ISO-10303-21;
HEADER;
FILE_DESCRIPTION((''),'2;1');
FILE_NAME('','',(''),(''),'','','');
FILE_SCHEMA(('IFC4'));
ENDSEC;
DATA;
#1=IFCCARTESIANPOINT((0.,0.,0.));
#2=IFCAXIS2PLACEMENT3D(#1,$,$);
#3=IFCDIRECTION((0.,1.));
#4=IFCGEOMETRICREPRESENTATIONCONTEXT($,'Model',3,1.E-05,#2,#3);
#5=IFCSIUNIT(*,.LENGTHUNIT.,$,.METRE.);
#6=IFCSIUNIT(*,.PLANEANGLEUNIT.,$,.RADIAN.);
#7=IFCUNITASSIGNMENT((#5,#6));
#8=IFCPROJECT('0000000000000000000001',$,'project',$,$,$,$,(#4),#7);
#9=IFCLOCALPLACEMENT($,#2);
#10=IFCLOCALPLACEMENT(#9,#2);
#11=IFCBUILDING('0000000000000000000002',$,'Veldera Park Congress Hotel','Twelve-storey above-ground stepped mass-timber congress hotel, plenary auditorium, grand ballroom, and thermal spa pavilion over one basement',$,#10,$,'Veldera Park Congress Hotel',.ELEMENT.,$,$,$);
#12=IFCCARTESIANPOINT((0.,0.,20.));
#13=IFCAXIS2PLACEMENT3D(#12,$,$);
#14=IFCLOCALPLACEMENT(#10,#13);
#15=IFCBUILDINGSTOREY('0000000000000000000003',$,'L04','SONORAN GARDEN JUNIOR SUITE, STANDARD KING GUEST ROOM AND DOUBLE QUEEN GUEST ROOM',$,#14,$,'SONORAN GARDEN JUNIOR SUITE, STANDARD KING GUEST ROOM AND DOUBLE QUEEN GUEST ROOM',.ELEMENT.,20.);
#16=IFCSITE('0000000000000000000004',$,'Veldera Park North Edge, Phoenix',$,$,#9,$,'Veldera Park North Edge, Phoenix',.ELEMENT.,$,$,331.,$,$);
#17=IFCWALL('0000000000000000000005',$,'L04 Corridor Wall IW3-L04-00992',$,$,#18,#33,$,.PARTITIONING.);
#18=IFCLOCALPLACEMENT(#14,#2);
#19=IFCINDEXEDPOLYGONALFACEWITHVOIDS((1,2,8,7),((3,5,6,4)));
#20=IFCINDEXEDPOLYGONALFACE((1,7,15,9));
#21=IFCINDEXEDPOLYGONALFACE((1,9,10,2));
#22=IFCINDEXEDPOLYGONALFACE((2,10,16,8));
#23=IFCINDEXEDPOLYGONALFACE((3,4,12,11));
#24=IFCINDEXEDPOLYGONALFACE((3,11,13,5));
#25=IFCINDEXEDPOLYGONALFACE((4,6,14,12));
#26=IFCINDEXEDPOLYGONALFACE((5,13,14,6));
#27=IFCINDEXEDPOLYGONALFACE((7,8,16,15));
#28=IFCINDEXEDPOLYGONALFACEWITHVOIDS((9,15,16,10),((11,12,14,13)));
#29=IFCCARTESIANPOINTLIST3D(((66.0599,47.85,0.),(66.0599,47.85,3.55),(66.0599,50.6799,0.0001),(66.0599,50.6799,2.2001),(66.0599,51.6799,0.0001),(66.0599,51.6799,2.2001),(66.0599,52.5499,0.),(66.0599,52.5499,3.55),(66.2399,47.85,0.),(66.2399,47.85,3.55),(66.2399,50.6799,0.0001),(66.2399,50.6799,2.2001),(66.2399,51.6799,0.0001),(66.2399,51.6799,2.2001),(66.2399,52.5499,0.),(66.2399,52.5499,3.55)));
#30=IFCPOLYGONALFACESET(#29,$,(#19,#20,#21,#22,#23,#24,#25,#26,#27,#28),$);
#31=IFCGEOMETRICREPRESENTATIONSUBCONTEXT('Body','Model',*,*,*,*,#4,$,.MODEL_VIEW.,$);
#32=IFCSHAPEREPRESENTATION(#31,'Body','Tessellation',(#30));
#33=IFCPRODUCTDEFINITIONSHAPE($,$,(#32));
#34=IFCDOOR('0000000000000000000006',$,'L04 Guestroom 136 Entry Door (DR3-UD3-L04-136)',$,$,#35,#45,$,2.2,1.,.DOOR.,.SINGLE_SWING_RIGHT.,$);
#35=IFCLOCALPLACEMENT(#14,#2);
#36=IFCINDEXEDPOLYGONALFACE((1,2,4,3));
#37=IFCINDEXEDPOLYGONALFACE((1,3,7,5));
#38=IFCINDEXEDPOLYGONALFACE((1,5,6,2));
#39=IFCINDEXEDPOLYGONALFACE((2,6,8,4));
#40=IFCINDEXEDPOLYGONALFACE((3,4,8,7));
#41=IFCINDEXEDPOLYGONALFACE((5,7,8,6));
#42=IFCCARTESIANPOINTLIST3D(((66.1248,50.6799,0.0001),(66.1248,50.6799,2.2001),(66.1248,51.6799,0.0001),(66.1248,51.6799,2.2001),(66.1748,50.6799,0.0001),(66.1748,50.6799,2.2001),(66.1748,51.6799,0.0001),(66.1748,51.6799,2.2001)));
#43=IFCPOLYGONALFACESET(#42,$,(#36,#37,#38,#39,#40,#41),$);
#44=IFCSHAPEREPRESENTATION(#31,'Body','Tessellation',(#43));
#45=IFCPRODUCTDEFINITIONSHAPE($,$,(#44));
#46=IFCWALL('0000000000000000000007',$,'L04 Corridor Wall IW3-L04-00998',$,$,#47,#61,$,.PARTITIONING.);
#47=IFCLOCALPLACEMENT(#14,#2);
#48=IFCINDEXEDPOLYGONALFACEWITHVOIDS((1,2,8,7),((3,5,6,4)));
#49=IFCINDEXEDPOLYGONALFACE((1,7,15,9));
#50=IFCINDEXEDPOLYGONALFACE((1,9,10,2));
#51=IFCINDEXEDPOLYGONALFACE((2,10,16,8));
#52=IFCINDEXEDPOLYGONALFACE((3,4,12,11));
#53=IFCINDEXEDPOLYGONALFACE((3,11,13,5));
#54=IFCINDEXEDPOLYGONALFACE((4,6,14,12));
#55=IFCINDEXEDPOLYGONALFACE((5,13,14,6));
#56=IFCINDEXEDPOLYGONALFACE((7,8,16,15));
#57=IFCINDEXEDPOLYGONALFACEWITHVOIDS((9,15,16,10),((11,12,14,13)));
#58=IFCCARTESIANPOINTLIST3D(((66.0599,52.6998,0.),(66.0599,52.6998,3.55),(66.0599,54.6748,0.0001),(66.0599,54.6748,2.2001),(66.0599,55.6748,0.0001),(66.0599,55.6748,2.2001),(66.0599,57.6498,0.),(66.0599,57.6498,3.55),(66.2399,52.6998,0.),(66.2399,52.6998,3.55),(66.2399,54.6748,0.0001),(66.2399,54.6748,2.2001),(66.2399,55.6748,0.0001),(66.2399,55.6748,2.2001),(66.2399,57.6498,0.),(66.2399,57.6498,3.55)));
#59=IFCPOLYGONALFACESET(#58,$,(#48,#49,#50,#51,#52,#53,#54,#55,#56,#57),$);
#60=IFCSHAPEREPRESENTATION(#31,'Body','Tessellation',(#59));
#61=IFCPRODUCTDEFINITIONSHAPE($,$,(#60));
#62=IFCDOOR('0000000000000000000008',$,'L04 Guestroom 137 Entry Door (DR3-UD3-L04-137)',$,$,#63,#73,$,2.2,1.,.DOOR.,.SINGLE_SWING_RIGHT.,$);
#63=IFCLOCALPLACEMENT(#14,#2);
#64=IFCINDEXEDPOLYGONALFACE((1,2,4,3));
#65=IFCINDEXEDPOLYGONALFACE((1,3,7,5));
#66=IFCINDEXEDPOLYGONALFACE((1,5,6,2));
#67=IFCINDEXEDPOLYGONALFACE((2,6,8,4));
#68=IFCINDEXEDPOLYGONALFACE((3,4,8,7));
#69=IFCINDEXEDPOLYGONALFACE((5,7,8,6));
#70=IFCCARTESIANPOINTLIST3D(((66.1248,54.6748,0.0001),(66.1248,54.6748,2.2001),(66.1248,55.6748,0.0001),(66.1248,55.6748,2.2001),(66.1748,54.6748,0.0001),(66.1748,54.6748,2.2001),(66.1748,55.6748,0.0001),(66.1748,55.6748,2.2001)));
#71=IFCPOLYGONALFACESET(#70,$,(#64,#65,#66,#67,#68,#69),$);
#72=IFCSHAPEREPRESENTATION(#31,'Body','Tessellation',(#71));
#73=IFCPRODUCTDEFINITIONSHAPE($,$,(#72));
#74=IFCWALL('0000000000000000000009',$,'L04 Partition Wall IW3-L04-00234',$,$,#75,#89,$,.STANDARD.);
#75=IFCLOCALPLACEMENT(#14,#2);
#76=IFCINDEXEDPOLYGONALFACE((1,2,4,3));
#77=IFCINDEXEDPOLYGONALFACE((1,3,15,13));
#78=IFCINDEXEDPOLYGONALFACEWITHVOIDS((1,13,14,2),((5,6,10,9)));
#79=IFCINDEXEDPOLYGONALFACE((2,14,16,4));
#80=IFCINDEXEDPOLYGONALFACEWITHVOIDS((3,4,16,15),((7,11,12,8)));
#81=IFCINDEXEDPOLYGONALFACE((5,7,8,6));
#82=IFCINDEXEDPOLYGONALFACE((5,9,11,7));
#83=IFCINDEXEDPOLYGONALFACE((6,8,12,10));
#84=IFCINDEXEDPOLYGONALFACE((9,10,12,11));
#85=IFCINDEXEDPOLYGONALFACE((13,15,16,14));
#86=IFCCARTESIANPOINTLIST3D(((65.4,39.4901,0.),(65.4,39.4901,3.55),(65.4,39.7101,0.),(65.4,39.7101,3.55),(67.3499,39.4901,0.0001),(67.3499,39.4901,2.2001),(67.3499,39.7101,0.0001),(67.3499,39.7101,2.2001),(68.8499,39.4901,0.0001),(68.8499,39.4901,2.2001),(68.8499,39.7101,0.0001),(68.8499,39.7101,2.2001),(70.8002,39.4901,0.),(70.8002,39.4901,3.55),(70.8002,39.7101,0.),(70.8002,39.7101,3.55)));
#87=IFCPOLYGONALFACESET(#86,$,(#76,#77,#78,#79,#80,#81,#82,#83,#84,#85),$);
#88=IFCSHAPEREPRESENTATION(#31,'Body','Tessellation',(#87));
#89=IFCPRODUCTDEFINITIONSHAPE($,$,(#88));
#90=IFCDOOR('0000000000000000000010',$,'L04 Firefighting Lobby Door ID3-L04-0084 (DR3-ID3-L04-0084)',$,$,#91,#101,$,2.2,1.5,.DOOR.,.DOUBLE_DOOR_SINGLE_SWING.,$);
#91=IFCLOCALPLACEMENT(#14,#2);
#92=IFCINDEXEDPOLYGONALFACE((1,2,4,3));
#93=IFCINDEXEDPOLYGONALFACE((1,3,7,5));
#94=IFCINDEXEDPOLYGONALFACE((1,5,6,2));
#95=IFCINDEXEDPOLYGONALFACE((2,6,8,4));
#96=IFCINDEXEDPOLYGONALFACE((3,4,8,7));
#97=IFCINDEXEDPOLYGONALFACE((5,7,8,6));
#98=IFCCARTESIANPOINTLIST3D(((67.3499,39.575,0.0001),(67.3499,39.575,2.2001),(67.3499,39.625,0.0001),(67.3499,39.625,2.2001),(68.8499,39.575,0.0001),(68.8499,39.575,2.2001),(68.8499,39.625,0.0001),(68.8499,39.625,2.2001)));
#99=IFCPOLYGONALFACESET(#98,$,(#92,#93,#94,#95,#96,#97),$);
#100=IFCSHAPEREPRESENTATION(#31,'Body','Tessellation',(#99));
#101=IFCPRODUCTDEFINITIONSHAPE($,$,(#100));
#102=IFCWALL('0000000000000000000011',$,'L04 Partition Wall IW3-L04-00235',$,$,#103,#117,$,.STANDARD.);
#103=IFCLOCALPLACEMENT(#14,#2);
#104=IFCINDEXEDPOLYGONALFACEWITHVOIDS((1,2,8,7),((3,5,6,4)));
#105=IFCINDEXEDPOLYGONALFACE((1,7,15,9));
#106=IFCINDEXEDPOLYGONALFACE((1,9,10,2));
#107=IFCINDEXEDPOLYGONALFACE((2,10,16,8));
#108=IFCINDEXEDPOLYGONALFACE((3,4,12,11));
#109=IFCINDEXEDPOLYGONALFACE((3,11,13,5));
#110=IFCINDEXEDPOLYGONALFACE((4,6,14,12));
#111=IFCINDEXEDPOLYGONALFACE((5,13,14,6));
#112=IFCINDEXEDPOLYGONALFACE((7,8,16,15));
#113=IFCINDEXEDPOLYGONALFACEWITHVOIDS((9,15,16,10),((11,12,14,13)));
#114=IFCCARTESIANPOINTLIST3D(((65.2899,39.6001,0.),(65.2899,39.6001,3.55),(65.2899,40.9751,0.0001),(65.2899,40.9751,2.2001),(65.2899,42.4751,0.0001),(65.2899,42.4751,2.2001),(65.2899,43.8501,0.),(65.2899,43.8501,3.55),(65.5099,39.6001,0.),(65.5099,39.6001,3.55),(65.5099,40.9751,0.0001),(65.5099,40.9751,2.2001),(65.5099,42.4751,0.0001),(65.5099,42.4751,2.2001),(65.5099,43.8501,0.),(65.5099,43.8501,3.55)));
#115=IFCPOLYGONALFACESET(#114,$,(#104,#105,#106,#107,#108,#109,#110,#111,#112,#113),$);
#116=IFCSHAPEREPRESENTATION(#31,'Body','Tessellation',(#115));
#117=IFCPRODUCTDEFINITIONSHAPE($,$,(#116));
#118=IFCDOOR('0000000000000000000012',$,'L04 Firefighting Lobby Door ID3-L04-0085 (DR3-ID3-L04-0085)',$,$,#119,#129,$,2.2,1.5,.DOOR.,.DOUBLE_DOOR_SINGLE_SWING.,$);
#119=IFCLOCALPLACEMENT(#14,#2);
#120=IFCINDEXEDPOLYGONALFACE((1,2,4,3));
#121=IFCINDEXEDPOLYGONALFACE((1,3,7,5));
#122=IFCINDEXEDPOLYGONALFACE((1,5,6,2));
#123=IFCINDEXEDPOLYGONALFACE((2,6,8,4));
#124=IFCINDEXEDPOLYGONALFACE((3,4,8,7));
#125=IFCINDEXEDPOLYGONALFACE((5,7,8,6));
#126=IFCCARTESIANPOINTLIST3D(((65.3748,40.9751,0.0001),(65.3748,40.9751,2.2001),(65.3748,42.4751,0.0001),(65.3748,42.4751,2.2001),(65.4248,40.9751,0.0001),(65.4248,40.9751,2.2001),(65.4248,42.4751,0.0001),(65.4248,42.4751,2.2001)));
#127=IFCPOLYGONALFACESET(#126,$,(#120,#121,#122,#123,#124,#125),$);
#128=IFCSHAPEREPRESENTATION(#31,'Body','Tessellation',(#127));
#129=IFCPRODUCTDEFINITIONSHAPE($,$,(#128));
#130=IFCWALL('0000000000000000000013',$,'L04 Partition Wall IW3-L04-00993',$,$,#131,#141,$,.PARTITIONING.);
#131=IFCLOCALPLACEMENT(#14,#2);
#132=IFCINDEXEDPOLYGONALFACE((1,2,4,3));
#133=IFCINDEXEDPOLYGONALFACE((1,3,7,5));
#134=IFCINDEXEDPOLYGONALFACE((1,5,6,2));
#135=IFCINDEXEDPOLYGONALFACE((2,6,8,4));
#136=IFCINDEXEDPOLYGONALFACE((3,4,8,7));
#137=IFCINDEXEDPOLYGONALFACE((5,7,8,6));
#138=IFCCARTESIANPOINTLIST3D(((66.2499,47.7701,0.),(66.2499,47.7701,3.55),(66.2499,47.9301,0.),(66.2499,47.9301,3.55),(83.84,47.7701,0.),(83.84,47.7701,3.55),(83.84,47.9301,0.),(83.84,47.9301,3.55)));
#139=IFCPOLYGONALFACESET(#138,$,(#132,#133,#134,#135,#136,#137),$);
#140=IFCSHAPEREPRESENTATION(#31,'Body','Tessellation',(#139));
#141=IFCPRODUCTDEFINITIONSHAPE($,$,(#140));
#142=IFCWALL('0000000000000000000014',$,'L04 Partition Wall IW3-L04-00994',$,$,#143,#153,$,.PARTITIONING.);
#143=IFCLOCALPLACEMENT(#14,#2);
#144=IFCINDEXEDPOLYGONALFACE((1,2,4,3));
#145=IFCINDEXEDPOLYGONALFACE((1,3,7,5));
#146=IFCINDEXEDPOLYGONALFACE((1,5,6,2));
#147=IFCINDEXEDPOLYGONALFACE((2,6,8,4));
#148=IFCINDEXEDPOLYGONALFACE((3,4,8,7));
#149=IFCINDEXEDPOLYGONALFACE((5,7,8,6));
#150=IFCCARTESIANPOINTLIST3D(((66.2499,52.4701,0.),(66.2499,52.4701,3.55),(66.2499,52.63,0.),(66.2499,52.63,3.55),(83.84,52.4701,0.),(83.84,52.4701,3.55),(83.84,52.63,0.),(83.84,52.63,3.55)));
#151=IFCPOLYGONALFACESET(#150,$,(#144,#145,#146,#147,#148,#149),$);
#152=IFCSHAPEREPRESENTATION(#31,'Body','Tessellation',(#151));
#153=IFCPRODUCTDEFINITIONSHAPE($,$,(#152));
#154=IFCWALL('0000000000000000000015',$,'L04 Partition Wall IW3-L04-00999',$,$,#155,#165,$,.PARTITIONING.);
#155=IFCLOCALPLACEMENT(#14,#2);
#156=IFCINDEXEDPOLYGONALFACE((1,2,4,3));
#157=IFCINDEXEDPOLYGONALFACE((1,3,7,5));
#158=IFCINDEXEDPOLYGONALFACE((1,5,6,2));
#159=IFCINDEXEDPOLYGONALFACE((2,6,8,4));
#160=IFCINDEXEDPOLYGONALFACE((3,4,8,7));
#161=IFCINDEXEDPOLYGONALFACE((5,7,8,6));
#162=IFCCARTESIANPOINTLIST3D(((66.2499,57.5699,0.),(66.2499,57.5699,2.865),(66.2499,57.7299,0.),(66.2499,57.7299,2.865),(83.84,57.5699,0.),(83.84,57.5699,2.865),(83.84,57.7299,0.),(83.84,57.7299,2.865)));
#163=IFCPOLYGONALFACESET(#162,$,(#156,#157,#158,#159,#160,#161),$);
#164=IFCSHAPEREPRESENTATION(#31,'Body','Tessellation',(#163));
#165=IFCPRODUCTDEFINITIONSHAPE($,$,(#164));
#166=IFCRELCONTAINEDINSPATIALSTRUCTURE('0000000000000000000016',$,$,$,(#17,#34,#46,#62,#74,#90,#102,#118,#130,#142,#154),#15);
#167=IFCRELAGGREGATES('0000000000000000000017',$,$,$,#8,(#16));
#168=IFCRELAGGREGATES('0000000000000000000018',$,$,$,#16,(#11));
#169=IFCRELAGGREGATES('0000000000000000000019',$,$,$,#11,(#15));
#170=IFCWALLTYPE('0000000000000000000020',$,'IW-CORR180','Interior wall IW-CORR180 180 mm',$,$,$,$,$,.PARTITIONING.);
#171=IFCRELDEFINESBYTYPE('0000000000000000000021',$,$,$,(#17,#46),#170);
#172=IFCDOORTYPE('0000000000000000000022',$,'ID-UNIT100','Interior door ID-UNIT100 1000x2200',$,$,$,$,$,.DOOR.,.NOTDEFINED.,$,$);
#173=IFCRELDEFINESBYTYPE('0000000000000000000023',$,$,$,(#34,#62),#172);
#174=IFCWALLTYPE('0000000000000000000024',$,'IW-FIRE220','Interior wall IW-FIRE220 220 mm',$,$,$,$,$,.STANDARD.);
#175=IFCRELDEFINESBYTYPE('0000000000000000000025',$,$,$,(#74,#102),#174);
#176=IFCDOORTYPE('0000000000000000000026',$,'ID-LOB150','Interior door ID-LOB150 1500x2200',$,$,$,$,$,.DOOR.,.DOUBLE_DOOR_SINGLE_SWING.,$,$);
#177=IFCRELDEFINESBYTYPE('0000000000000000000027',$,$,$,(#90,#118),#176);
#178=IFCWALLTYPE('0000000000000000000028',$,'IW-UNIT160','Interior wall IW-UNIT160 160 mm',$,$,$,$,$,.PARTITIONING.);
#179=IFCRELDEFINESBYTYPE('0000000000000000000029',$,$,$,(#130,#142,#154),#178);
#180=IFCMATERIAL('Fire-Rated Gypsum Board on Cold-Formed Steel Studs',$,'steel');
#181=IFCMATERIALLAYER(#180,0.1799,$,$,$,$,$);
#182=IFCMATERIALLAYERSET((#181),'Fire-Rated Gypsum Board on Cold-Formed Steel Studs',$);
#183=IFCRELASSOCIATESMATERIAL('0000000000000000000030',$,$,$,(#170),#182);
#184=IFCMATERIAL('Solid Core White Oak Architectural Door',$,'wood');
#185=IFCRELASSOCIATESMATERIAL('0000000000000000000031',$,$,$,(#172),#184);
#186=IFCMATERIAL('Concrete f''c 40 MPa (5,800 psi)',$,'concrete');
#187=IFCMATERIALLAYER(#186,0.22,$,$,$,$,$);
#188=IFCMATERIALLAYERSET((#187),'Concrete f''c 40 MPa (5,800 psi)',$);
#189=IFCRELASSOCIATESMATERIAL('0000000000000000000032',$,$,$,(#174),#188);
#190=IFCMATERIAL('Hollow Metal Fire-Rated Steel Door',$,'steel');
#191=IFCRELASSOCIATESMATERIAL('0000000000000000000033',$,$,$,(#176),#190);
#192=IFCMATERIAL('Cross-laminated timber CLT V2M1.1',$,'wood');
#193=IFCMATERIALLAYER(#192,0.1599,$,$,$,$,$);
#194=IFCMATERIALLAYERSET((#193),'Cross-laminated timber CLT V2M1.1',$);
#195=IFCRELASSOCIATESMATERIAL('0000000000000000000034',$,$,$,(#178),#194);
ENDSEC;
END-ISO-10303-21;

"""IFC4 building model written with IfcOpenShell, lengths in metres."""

from ifc_helpers import new_model, si_unit, direction, frame, frame_2d, origin, place, context, subcontext, project, spatial, rectangle, extrude, material, layer, layer_set, type_object, element, fill, save


model = new_model("IFC4")

# Units and contexts
model_context = context("Model", 3, precision=1e-05, world=origin(), true_north=direction((0.0, 1.0)))
body_context = subcontext(model_context, "Body", "Model", "MODEL_VIEW")
ifc_project = project(units=[si_unit("LENGTHUNIT", "METRE"), si_unit("PLANEANGLEUNIT", "RADIAN")], contexts=[model_context])

# Site, building, storey
site_placement = place(None, origin())
site = spatial("IfcSite", under=ifc_project, at=site_placement, Name="Veldera Park North Edge, Phoenix", LongName="Veldera Park North Edge, Phoenix", CompositionType="ELEMENT", RefElevation=331.0)
building_placement = place(site_placement, origin())
building = spatial("IfcBuilding", under=site, at=building_placement, Name="Veldera Park Congress Hotel", Description="Twelve-storey above-ground stepped mass-timber congress hotel, plenary auditorium, grand ballroom, and thermal spa pavilion over one basement", LongName="Veldera Park Congress Hotel", CompositionType="ELEMENT")
storey_placement = place(building_placement, frame((0.0, 0.0, 20.0)))
storey = spatial("IfcBuildingStorey", under=building, at=storey_placement, Name="L04", Description="SONORAN GARDEN JUNIOR SUITE, STANDARD KING GUEST ROOM AND DOUBLE QUEEN GUEST ROOM", LongName="SONORAN GARDEN JUNIOR SUITE, STANDARD KING GUEST ROOM AND DOUBLE QUEEN GUEST ROOM", CompositionType="ELEMENT", Elevation=20.0)

# Shared definitions
ifc_material_1 = material(Name="Cross-laminated timber CLT V2M1.1", Category="wood")

# Shared definitions
ifc_material_2 = material(Name="Fire-Rated Gypsum Board on Cold-Formed Steel Studs", Category="steel")
ifc_layer_1 = layer(ifc_material_2, 0.1799)
ifc_layer_set_1 = layer_set([ifc_layer_1], Name="Fire-Rated Gypsum Board on Cold-Formed Steel Studs")
wall_type_1 = type_object("IfcWallType", Name="IW-CORR180", Description="Interior wall IW-CORR180 180 mm", PredefinedType="PARTITIONING", material=ifc_layer_set_1)

# Walls, openings, doors
wall_1_placement = place(storey_placement, frame((66.1499, 52.55, 0.0), z_axis=(0.0, 0.0, 1.0), x_axis=(0.0, -1.0, 0.0)))
wall_1 = element("IfcWall", 1, at=wall_1_placement, inside=storey, type_object=wall_type_1, Name="L04 Corridor Wall IW3-L04-00992", PredefinedType="PARTITIONING", context=body_context, shape_type="SweptSolid", body=[
    extrude(rectangle(XDim=4.7, YDim=0.1799, at=frame_2d((2.3501, 0.0))), origin(), (0.0, 0.0, 1.0), 3.55),
])
opening_1_placement = place(wall_1_placement, frame((0.8701, 0.0, 0.0)))
opening_1 = element("IfcOpeningElement", 2, at=opening_1_placement, cuts=wall_1, PredefinedType="OPENING", context=body_context, shape_type="SweptSolid", body=[
    extrude(rectangle(XDim=1.0, YDim=2.2, at=frame_2d((0.5, 1.1001))), frame((0.0, 0.1021, 0.0), z_axis=(0.0, -1.0, 0.0), x_axis=(1.0, 0.0, 0.0)), (0.0, 0.0, 1.0), 0.2039),
])
ifc_material_3 = material(Name="Solid Core White Oak Architectural Door", Category="wood")
door_type_1 = type_object("IfcDoorType", Name="ID-UNIT100", Description="Interior door ID-UNIT100 1000x2200", OperationType="NOTDEFINED", PredefinedType="DOOR", material=ifc_material_3)
door_1_placement = place(opening_1_placement, origin())
door_1 = element("IfcDoor", 3, at=door_1_placement, inside=storey, type_object=door_type_1, Name="L04 Guestroom 136 Entry Door (DR3-UD3-L04-136)", OperationType="SINGLE_SWING_RIGHT", OverallHeight=2.2, OverallWidth=1.0, PredefinedType="DOOR", context=body_context, shape_type="SweptSolid", body=[
    extrude(rectangle(XDim=1.0, YDim=2.2, at=frame_2d((0.5, 1.1001))), frame((0.0, 0.0249, 0.0), z_axis=(0.0, -1.0, 0.0), x_axis=(1.0, 0.0, 0.0)), (0.0, 0.0, 1.0), 0.05),
])
fill(opening_1, door_1)
wall_2_placement = place(storey_placement, frame((66.1499, 57.6499, 0.0), z_axis=(0.0, 0.0, 1.0), x_axis=(0.0, -1.0, 0.0)))
wall_2 = element("IfcWall", 4, at=wall_2_placement, inside=storey, type_object=wall_type_1, Name="L04 Corridor Wall IW3-L04-00998", PredefinedType="PARTITIONING", context=body_context, shape_type="SweptSolid", body=[
    extrude(rectangle(XDim=4.95, YDim=0.1799, at=frame_2d((2.4751, 0.0))), origin(), (0.0, 0.0, 1.0), 3.55),
])
opening_2_placement = place(wall_2_placement, frame((1.9751, 0.0, 0.0)))
opening_2 = element("IfcOpeningElement", 5, at=opening_2_placement, cuts=wall_2, PredefinedType="OPENING", context=body_context, shape_type="SweptSolid", body=[
    extrude(rectangle(XDim=1.0, YDim=2.2, at=frame_2d((0.5, 1.1001))), frame((0.0, 0.1021, 0.0), z_axis=(0.0, -1.0, 0.0), x_axis=(1.0, 0.0, 0.0)), (0.0, 0.0, 1.0), 0.2039),
])
door_2_placement = place(opening_2_placement, origin())
door_2 = element("IfcDoor", 6, at=door_2_placement, inside=storey, type_object=door_type_1, Name="L04 Guestroom 137 Entry Door (DR3-UD3-L04-137)", OperationType="SINGLE_SWING_RIGHT", OverallHeight=2.2, OverallWidth=1.0, PredefinedType="DOOR", context=body_context, shape_type="SweptSolid", body=[
    extrude(rectangle(XDim=1.0, YDim=2.2, at=frame_2d((0.5, 1.1001))), frame((0.0, 0.0249, 0.0), z_axis=(0.0, -1.0, 0.0), x_axis=(1.0, 0.0, 0.0)), (0.0, 0.0, 1.0), 0.05),
])
fill(opening_2, door_2)
ifc_material_4 = material(Name="Concrete f'c 40 MPa (5,800 psi)", Category="concrete")
ifc_layer_2 = layer(ifc_material_4, 0.22)
ifc_layer_set_2 = layer_set([ifc_layer_2], Name="Concrete f'c 40 MPa (5,800 psi)")
wall_type_2 = type_object("IfcWallType", Name="IW-FIRE220", Description="Interior wall IW-FIRE220 220 mm", PredefinedType="STANDARD", material=ifc_layer_set_2)
wall_3_placement = place(storey_placement, frame((65.3999, 39.6001, 0.0), z_axis=(0.0, 0.0, 1.0), x_axis=(1.0, 0.0, 0.0)))
wall_3 = element("IfcWall", 7, at=wall_3_placement, inside=storey, type_object=wall_type_2, Name="L04 Partition Wall IW3-L04-00234", PredefinedType="STANDARD", context=body_context, shape_type="SweptSolid", body=[
    extrude(rectangle(XDim=5.4001, YDim=0.22, at=frame_2d((2.7002, 0.0))), origin(), (0.0, 0.0, 1.0), 3.55),
])
opening_3_placement = place(wall_3_placement, frame((1.95, 0.0, 0.0)))
opening_3 = element("IfcOpeningElement", 8, at=opening_3_placement, cuts=wall_3, PredefinedType="OPENING", context=body_context, shape_type="SweptSolid", body=[
    extrude(rectangle(XDim=1.5, YDim=2.2, at=frame_2d((0.75, 1.1001))), frame((0.0, 0.1221, 0.0), z_axis=(0.0, -1.0, 0.0), x_axis=(1.0, 0.0, 0.0)), (0.0, 0.0, 1.0), 0.2439),
])
ifc_material_5 = material(Name="Hollow Metal Fire-Rated Steel Door", Category="steel")
door_type_2 = type_object("IfcDoorType", Name="ID-LOB150", Description="Interior door ID-LOB150 1500x2200", OperationType="DOUBLE_DOOR_SINGLE_SWING", PredefinedType="DOOR", material=ifc_material_5)
door_3_placement = place(opening_3_placement, origin())
door_3 = element("IfcDoor", 9, at=door_3_placement, inside=storey, type_object=door_type_2, Name="L04 Firefighting Lobby Door ID3-L04-0084 (DR3-ID3-L04-0084)", OperationType="DOUBLE_DOOR_SINGLE_SWING", OverallHeight=2.2, OverallWidth=1.5, PredefinedType="DOOR", context=body_context, shape_type="SweptSolid", body=[
    extrude(rectangle(XDim=1.5, YDim=2.2, at=frame_2d((0.75, 1.1001))), frame((0.0, 0.0249, 0.0), z_axis=(0.0, -1.0, 0.0), x_axis=(1.0, 0.0, 0.0)), (0.0, 0.0, 1.0), 0.05),
])
fill(opening_3, door_3)
wall_4_placement = place(storey_placement, frame((65.3999, 43.8501, 0.0), z_axis=(0.0, 0.0, 1.0), x_axis=(0.0, -1.0, 0.0)))
wall_4 = element("IfcWall", 10, at=wall_4_placement, inside=storey, type_object=wall_type_2, Name="L04 Partition Wall IW3-L04-00235", PredefinedType="STANDARD", context=body_context, shape_type="SweptSolid", body=[
    extrude(rectangle(XDim=4.25, YDim=0.22, at=frame_2d((2.125, 0.0))), origin(), (0.0, 0.0, 1.0), 3.55),
])
opening_4_placement = place(wall_4_placement, frame((1.375, 0.0, 0.0)))
opening_4 = element("IfcOpeningElement", 11, at=opening_4_placement, cuts=wall_4, PredefinedType="OPENING", context=body_context, shape_type="SweptSolid", body=[
    extrude(rectangle(XDim=1.5, YDim=2.2, at=frame_2d((0.75, 1.1001))), frame((0.0, 0.1221, 0.0), z_axis=(0.0, -1.0, 0.0), x_axis=(1.0, 0.0, 0.0)), (0.0, 0.0, 1.0), 0.2439),
])
door_4_placement = place(opening_4_placement, origin())
door_4 = element("IfcDoor", 12, at=door_4_placement, inside=storey, type_object=door_type_2, Name="L04 Firefighting Lobby Door ID3-L04-0085 (DR3-ID3-L04-0085)", OperationType="DOUBLE_DOOR_SINGLE_SWING", OverallHeight=2.2, OverallWidth=1.5, PredefinedType="DOOR", context=body_context, shape_type="SweptSolid", body=[
    extrude(rectangle(XDim=1.5, YDim=2.2, at=frame_2d((0.75, 1.1001))), frame((0.0, 0.0249, 0.0), z_axis=(0.0, -1.0, 0.0), x_axis=(1.0, 0.0, 0.0)), (0.0, 0.0, 1.0), 0.05),
])
fill(opening_4, door_4)

# Walls
ifc_layer_3 = layer(ifc_material_1, 0.1599)
ifc_layer_set_3 = layer_set([ifc_layer_3], Name="Cross-laminated timber CLT V2M1.1")
wall_type_3 = type_object("IfcWallType", Name="IW-UNIT160", Description="Interior wall IW-UNIT160 160 mm", PredefinedType="PARTITIONING", material=ifc_layer_set_3)
for number, where, z_axis, x_axis, name in (
    (13, (66.25, 47.8501, 0.0), (0.0, 0.0, 1.0), (1.0, 0.0, 0.0), "L04 Partition Wall IW3-L04-00993"),
    (14, (66.25, 52.55, 0.0), (0.0, 0.0, 1.0), (1.0, 0.0, 0.0), "L04 Partition Wall IW3-L04-00994"),
):
    element("IfcWall", number, at=place(storey_placement, frame(where, z_axis=z_axis, x_axis=x_axis)), inside=storey, type_object=wall_type_3, Name=name, PredefinedType="PARTITIONING", context=body_context, shape_type="SweptSolid", body=[
        extrude(rectangle(XDim=17.5901, YDim=0.1599, at=frame_2d((8.7949, 0.0))), origin(), (0.0, 0.0, 1.0), 3.55),
    ])
wall_5_placement = place(storey_placement, frame((66.25, 57.6499, 0.0), z_axis=(0.0, 0.0, 1.0), x_axis=(1.0, 0.0, 0.0)))
element("IfcWall", 15, at=wall_5_placement, inside=storey, type_object=wall_type_3, Name="L04 Partition Wall IW3-L04-00999", PredefinedType="PARTITIONING", context=body_context, shape_type="SweptSolid", body=[
    extrude(rectangle(XDim=17.5901, YDim=0.1599, at=frame_2d((8.7949, 0.0))), origin(), (0.0, 0.0, 1.0), 2.865),
])

save(model, "model.ifc")
